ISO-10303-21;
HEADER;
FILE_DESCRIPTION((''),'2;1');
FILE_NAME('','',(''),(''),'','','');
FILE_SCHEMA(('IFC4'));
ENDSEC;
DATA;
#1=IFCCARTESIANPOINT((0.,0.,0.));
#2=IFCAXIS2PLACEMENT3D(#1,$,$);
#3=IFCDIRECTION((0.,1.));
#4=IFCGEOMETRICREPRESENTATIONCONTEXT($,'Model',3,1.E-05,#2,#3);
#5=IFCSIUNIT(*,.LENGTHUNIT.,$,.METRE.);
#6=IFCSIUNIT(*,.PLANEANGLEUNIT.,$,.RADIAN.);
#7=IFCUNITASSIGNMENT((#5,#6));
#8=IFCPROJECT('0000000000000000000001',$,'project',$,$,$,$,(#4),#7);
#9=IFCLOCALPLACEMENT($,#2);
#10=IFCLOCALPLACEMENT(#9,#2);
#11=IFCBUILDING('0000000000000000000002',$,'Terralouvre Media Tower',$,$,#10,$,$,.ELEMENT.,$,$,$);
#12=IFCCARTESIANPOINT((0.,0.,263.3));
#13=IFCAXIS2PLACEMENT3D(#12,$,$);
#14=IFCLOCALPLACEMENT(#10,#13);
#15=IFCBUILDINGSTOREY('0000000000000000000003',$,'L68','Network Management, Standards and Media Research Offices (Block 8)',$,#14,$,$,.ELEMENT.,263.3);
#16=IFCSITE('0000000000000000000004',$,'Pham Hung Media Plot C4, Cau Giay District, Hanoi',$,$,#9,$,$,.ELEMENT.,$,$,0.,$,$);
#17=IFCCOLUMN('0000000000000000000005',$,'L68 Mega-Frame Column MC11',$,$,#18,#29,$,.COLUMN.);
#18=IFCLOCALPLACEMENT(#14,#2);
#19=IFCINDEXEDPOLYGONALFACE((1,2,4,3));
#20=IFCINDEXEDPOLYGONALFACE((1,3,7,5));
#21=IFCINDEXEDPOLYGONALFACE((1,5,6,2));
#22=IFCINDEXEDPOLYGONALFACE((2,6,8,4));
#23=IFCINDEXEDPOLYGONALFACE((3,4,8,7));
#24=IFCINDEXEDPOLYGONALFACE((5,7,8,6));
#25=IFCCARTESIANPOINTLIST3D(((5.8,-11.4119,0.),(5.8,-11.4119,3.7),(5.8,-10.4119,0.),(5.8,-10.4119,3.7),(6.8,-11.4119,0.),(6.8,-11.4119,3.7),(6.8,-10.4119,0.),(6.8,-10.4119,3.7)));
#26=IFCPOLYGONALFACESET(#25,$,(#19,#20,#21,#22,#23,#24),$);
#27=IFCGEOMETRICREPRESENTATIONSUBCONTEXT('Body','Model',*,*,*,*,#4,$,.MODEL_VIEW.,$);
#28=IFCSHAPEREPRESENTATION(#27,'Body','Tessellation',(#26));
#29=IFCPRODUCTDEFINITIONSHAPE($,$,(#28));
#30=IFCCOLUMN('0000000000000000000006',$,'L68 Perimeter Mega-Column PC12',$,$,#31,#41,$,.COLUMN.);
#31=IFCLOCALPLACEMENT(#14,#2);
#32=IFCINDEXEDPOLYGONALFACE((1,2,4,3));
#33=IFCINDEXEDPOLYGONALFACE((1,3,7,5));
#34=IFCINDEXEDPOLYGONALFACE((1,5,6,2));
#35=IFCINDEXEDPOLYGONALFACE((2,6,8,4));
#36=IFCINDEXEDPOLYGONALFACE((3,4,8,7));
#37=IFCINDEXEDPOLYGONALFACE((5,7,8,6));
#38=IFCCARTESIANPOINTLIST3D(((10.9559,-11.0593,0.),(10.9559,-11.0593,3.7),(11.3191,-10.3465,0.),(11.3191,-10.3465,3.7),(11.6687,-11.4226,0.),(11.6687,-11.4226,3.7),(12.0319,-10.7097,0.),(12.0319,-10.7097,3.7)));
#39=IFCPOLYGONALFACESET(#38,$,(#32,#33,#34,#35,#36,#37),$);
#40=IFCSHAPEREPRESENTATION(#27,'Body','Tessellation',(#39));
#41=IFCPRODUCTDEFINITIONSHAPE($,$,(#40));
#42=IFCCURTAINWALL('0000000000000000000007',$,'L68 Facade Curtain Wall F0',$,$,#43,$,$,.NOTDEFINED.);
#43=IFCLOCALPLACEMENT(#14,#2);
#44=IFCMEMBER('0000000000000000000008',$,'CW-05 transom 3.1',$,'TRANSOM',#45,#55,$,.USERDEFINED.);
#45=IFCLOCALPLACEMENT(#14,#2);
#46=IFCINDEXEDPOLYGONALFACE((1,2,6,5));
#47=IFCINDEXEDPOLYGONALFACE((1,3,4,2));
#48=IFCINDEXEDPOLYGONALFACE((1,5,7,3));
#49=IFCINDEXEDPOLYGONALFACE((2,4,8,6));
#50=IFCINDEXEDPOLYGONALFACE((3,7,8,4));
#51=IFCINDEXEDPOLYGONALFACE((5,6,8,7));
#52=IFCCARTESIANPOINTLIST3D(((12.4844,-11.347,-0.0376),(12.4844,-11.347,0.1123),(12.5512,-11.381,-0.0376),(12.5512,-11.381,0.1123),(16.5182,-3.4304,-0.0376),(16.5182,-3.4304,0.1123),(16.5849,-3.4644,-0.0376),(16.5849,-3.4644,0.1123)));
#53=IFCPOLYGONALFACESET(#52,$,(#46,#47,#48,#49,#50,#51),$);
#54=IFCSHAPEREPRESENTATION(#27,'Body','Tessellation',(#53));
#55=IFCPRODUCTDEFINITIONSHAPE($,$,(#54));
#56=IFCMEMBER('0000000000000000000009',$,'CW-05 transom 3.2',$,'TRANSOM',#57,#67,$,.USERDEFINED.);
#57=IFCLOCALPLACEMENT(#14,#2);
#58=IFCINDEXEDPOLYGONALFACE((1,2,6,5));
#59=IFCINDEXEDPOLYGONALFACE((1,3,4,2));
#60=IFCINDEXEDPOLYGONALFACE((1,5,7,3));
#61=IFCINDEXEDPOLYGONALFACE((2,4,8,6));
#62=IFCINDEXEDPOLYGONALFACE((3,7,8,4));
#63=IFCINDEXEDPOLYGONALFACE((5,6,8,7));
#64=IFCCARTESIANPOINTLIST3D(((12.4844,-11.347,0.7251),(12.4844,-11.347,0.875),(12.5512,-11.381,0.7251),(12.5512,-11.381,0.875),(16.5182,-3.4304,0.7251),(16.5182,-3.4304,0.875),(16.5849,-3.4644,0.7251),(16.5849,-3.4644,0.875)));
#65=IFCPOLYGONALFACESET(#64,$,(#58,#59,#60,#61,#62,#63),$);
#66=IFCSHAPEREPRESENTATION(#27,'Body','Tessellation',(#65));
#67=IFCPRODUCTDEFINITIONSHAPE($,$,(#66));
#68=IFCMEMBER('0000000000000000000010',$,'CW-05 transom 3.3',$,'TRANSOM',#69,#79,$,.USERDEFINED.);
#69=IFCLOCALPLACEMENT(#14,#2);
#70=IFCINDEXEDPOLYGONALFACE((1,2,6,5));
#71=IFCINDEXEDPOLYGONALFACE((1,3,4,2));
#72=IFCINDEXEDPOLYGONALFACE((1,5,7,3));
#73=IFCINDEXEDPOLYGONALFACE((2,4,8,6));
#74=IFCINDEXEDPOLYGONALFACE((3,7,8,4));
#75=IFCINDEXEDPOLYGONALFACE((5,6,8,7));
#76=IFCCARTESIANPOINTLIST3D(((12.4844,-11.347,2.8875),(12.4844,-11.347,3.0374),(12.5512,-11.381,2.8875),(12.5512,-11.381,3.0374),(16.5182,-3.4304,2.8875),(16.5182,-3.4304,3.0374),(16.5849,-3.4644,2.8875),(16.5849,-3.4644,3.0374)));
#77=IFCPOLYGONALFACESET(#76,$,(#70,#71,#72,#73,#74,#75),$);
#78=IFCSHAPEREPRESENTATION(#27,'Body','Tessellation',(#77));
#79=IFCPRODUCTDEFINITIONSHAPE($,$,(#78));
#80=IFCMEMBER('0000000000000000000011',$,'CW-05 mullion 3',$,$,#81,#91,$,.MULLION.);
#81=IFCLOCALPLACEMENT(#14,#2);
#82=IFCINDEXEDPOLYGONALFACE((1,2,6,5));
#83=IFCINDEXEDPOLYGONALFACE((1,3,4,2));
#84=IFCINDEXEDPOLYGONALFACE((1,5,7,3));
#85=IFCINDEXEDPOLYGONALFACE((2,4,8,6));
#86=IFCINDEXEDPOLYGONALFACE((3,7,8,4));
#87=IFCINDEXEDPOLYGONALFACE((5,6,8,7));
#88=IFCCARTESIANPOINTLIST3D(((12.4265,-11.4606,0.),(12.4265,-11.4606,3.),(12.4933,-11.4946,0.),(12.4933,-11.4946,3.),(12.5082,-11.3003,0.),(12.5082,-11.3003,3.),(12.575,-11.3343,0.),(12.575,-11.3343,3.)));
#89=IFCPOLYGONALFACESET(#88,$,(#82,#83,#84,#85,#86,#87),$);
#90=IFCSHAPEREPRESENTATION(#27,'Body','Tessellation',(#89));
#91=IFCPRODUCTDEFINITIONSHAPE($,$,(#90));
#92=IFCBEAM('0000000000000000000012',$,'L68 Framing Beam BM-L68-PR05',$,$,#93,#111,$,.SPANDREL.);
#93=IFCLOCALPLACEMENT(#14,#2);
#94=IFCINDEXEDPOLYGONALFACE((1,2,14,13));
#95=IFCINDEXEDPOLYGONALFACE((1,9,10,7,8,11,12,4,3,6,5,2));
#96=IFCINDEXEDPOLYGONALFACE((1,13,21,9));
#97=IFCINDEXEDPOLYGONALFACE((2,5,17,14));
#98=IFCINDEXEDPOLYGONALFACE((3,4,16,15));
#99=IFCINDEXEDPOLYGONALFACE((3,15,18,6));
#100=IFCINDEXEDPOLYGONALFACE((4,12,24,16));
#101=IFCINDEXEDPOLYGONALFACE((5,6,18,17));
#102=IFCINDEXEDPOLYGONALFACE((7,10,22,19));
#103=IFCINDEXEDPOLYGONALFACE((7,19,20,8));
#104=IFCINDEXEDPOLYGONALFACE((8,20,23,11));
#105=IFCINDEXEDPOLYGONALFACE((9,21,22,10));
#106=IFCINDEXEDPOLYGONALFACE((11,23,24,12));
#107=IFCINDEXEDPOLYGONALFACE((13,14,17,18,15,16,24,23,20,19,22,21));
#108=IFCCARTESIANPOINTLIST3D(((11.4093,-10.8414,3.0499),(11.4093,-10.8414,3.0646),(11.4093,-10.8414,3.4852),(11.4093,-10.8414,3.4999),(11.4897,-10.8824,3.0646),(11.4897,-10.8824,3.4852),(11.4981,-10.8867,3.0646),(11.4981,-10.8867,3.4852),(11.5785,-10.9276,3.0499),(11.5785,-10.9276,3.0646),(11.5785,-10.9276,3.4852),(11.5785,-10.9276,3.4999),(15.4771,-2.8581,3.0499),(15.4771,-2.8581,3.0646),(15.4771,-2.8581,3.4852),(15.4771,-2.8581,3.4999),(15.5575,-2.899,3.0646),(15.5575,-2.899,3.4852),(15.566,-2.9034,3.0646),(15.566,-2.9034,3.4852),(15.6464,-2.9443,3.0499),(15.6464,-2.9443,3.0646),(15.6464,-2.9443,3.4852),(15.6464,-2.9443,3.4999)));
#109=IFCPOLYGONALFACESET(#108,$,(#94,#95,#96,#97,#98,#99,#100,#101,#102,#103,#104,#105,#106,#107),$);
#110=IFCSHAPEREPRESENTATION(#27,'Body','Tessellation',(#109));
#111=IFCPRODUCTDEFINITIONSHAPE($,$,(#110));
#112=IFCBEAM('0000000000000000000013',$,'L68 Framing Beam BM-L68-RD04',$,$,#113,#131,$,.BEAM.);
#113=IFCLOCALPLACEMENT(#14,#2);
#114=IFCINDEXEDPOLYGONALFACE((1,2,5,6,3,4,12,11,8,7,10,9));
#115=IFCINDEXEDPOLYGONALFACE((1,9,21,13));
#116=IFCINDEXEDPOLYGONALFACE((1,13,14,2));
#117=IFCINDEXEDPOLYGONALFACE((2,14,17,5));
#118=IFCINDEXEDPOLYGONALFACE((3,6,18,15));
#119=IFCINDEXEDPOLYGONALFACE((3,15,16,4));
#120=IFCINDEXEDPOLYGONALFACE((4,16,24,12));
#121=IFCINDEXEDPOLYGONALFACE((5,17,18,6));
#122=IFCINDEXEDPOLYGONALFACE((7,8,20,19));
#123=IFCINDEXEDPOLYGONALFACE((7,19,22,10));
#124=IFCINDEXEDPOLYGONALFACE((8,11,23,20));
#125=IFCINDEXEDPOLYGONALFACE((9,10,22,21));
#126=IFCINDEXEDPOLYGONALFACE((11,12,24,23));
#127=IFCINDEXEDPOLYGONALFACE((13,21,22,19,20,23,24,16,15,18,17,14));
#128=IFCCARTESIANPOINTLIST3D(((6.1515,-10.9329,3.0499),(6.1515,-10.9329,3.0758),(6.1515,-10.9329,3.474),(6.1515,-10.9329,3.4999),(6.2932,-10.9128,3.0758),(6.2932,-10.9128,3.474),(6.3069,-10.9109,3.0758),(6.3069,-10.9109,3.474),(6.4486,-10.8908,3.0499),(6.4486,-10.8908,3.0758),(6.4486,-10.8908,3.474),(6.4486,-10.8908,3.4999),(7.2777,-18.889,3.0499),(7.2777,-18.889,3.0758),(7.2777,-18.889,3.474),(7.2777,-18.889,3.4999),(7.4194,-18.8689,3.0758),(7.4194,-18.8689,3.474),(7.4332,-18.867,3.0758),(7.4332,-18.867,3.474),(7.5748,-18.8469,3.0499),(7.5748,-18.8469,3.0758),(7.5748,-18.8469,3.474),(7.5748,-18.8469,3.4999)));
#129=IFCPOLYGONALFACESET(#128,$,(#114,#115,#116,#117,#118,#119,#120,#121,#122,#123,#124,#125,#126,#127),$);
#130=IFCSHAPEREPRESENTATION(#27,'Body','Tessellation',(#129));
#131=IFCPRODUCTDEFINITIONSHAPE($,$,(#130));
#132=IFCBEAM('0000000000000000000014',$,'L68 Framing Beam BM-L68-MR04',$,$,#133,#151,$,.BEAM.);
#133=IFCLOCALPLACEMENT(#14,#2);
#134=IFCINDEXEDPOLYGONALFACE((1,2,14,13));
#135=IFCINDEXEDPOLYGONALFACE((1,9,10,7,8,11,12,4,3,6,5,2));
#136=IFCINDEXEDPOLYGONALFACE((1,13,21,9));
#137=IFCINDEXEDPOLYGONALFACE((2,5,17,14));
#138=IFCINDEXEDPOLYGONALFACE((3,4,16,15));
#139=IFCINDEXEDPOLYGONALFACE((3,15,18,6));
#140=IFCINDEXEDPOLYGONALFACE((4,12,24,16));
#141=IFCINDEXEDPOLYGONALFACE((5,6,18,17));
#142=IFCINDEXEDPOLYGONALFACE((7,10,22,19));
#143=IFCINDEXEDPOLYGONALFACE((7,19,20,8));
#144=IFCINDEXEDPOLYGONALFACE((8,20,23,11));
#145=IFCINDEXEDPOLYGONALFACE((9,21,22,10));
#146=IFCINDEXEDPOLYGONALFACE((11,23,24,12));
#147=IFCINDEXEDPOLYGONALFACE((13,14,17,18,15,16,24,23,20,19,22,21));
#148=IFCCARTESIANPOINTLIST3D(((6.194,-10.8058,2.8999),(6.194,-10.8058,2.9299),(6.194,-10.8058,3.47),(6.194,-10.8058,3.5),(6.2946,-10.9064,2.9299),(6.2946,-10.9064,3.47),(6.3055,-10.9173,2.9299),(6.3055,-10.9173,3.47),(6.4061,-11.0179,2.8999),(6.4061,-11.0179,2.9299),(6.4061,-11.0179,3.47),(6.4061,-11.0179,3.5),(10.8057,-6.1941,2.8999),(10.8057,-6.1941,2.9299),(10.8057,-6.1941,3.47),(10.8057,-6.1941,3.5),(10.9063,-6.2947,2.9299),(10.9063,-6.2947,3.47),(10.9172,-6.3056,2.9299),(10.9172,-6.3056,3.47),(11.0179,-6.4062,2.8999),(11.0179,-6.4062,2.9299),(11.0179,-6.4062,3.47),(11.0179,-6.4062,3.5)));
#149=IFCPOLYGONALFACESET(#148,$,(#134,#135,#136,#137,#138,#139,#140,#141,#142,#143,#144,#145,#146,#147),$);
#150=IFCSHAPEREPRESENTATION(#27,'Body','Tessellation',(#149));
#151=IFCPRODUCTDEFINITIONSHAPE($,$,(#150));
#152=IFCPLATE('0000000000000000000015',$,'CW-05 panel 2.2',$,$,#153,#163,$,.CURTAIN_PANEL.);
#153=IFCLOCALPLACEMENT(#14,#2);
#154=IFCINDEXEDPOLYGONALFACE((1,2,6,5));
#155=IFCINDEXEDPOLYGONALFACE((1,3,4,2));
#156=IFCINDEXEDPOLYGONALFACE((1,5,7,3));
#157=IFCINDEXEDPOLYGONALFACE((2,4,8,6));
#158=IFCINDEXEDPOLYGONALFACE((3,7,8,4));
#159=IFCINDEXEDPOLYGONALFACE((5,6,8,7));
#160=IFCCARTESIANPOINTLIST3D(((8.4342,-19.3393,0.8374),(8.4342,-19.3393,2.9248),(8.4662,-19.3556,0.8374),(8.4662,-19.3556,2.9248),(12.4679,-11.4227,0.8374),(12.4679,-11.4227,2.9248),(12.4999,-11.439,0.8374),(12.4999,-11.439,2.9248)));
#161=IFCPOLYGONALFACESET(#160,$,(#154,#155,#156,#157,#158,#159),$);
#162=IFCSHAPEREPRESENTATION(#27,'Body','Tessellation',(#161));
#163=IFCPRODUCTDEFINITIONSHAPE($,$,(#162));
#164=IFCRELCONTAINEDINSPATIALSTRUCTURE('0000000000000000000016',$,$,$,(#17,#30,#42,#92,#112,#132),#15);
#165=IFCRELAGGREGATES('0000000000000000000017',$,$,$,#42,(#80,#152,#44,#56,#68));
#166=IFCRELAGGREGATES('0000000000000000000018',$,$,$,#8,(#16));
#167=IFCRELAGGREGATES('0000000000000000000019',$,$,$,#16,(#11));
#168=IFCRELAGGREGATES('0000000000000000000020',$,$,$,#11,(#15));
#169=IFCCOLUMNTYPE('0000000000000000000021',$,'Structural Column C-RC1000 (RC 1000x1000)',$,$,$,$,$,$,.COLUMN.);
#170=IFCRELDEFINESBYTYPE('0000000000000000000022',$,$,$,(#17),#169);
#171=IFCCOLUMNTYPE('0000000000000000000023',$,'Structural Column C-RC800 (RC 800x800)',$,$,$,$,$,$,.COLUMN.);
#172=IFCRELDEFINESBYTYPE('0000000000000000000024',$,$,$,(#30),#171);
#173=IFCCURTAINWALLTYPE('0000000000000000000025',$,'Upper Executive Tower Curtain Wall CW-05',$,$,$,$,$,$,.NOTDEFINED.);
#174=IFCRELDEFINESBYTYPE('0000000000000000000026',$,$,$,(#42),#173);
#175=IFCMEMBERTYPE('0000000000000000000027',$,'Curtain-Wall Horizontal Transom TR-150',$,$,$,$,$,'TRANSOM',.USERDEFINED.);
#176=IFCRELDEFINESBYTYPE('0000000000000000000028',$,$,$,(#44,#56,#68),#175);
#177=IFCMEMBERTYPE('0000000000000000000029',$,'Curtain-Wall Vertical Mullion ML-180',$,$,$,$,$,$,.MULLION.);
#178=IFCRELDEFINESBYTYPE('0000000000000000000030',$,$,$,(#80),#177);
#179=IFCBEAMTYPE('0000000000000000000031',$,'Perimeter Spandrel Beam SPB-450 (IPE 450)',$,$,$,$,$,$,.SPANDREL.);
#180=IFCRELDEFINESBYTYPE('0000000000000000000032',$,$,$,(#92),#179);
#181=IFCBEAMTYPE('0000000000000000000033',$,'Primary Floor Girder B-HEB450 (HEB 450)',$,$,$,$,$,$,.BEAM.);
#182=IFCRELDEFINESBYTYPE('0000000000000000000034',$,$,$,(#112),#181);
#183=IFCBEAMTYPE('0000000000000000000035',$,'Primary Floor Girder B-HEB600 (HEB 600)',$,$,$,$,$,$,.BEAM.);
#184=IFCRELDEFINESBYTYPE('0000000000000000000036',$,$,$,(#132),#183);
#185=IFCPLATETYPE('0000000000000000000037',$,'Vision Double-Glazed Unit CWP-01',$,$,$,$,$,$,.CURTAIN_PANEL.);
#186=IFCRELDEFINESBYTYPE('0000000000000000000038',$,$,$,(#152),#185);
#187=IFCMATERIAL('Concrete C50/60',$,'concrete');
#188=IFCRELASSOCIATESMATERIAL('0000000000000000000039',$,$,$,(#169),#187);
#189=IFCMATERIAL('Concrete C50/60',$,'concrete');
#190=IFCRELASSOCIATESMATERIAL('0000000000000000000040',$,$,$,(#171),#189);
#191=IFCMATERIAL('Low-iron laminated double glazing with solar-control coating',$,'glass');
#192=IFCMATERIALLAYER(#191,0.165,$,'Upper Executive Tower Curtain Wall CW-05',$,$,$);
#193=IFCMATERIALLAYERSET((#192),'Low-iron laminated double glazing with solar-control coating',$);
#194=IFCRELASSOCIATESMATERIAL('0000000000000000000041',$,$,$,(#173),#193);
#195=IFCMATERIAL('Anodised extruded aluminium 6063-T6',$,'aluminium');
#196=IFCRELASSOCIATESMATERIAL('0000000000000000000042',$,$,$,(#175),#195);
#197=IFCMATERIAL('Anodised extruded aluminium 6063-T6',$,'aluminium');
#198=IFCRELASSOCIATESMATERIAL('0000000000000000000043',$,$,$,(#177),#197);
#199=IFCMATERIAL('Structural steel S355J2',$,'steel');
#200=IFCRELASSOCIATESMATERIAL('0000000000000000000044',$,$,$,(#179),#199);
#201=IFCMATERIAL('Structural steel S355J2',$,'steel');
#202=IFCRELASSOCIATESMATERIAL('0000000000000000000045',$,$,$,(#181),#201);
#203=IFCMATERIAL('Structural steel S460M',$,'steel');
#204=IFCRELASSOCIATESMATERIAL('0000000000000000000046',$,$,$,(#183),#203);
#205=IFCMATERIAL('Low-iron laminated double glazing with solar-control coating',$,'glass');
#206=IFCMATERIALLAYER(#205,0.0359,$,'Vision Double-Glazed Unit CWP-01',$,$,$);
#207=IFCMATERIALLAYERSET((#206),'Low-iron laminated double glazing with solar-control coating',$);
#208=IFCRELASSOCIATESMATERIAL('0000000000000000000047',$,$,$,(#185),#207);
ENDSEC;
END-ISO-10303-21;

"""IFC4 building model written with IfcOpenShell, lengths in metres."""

from ifc_helpers import new_model, si_unit, direction, frame, origin, origin_2d, place, context, subcontext, project, spatial, rectangle, i_section, extrude, material, layer, layer_set, material_profile, profile_set, type_object, element, aggregate, save


model = new_model("IFC4")

# Units and contexts
model_context = context("Model", 3, precision=1e-05, world=origin(), true_north=direction((0.0, 1.0)))
body_context = subcontext(model_context, "Body", "Model", "MODEL_VIEW")
ifc_project = project(units=[si_unit("LENGTHUNIT", "METRE"), si_unit("PLANEANGLEUNIT", "RADIAN")], contexts=[model_context])

# Site, building, storey
site_placement = place(None, origin())
site = spatial("IfcSite", under=ifc_project, at=site_placement, Name="Pham Hung Media Plot C4, Cau Giay District, Hanoi", CompositionType="ELEMENT", RefElevation=0.0)
building_placement = place(site_placement, origin())
building = spatial("IfcBuilding", under=site, at=building_placement, Name="Terralouvre Media Tower", CompositionType="ELEMENT")
storey_placement = place(building_placement, frame((0.0, 0.0, 263.3)))
storey = spatial("IfcBuildingStorey", under=building, at=storey_placement, Name="L68", Description="Network Management, Standards and Media Research Offices (Block 8)", CompositionType="ELEMENT", Elevation=263.3)

# Columns
ifc_material_1 = material(Name="Concrete C50/60", Category="concrete")
ifc_material_profile_1 = material_profile(ifc_material_1, rectangle(XDim=1.0, YDim=1.0, at=origin_2d()), Name="RC 1000x1000")
ifc_profile_set_1 = profile_set([ifc_material_profile_1], Name="Concrete C50/60")
column_type_1 = type_object("IfcColumnType", Name="Structural Column C-RC1000 (RC 1000x1000)", PredefinedType="COLUMN", material=ifc_profile_set_1)
column_1_placement = place(storey_placement, frame((6.3, -10.9119, 0.0), z_axis=(0.0, 0.0, 1.0), x_axis=(1.0, 0.0, 0.0)))
element("IfcColumn", 1, at=column_1_placement, inside=storey, type_object=column_type_1, Name="L68 Mega-Frame Column MC11", PredefinedType="COLUMN", context=body_context, shape_type="SweptSolid", body=[
    extrude(rectangle(XDim=1.0, YDim=1.0, at=origin_2d()), origin(), (0.0, 0.0, 1.0), 3.7),
])
ifc_material_2 = material(Name="Concrete C50/60", Category="concrete")
ifc_material_profile_2 = material_profile(ifc_material_2, rectangle(XDim=0.8, YDim=0.8, at=origin_2d()), Name="RC 800x800")
ifc_profile_set_2 = profile_set([ifc_material_profile_2], Name="Concrete C50/60")
column_type_2 = type_object("IfcColumnType", Name="Structural Column C-RC800 (RC 800x800)", PredefinedType="COLUMN", material=ifc_profile_set_2)
column_2_placement = place(storey_placement, frame((11.4939, -10.8845, 0.0), z_axis=(0.0, 0.0, 1.0), x_axis=(0.45399, 0.891007, 0.0)))
element("IfcColumn", 2, at=column_2_placement, inside=storey, type_object=column_type_2, Name="L68 Perimeter Mega-Column PC12", PredefinedType="COLUMN", context=body_context, shape_type="SweptSolid", body=[
    extrude(rectangle(XDim=0.8, YDim=0.8, at=origin_2d()), origin(), (0.0, 0.0, 1.0), 3.7),
])

# Curtain wall, members
ifc_material_3 = material(Name="Low-iron laminated double glazing with solar-control coating", Category="glass")
ifc_layer_1 = layer(ifc_material_3, 0.165, Name="Upper Executive Tower Curtain Wall CW-05")
ifc_layer_set_1 = layer_set([ifc_layer_1], Name="Low-iron laminated double glazing with solar-control coating")
curtain_wall_type = type_object("IfcCurtainWallType", Name="Upper Executive Tower Curtain Wall CW-05", PredefinedType="NOTDEFINED", material=ifc_layer_set_1)
curtain_wall_placement = place(storey_placement, origin())
curtain_wall = element("IfcCurtainWall", 3, at=curtain_wall_placement, inside=storey, type_object=curtain_wall_type, Name="L68 Facade Curtain Wall F0", PredefinedType="NOTDEFINED")
ifc_material_4 = material(Name="Anodised extruded aluminium 6063-T6", Category="aluminium")
ifc_material_profile_3 = material_profile(ifc_material_4, rectangle(XDim=0.075, YDim=0.1499, at=origin_2d()), Name="ALU 75x150")
ifc_profile_set_3 = profile_set([ifc_material_profile_3], Name="Anodised extruded aluminium 6063-T6")
member_type_1 = type_object("IfcMemberType", Name="Curtain-Wall Horizontal Transom TR-150", ElementType="TRANSOM", PredefinedType="USERDEFINED", material=ifc_profile_set_3)
member_1_placement = place(storey_placement, frame((12.5178, -11.364, 0.0374), z_axis=(0.453993, 0.891005, 0.0), x_axis=(-0.891005, 0.453993, 0.0)))
member_1 = element("IfcMember", 4, at=member_1_placement, type_object=member_type_1, Name="CW-05 transom 3.1", ObjectType="TRANSOM", PredefinedType="USERDEFINED", context=body_context, shape_type="SweptSolid", body=[
    extrude(rectangle(XDim=0.075, YDim=0.1499, at=origin_2d()), origin(), (0.0, 0.0, 1.0), 8.885),
])
member_2_placement = place(storey_placement, frame((12.5178, -11.364, 0.8), z_axis=(0.453993, 0.891005, 0.0), x_axis=(-0.891005, 0.453993, 0.0)))
member_2 = element("IfcMember", 5, at=member_2_placement, type_object=member_type_1, Name="CW-05 transom 3.2", ObjectType="TRANSOM", PredefinedType="USERDEFINED", context=body_context, shape_type="SweptSolid", body=[
    extrude(rectangle(XDim=0.075, YDim=0.1499, at=origin_2d()), origin(), (0.0, 0.0, 1.0), 8.885),
])
member_3_placement = place(storey_placement, frame((12.5178, -11.364, 2.9624), z_axis=(0.453993, 0.891005, 0.0), x_axis=(-0.891005, 0.453993, 0.0)))
member_3 = element("IfcMember", 6, at=member_3_placement, type_object=member_type_1, Name="CW-05 transom 3.3", ObjectType="TRANSOM", PredefinedType="USERDEFINED", context=body_context, shape_type="SweptSolid", body=[
    extrude(rectangle(XDim=0.075, YDim=0.1499, at=origin_2d()), origin(), (0.0, 0.0, 1.0), 8.885),
])
ifc_material_5 = material(Name="Anodised extruded aluminium 6063-T6", Category="aluminium")
ifc_material_profile_4 = material_profile(ifc_material_5, rectangle(XDim=0.075, YDim=0.1799, at=origin_2d()), Name="ALU 75x180")
ifc_profile_set_4 = profile_set([ifc_material_profile_4], Name="Anodised extruded aluminium 6063-T6")
member_type_2 = type_object("IfcMemberType", Name="Curtain-Wall Vertical Mullion ML-180", PredefinedType="MULLION", material=ifc_profile_set_4)
member_4_placement = place(storey_placement, frame((12.5007, -11.3975, 0.0), z_axis=(0.0, 0.0, 1.0), x_axis=(-0.891007, 0.45399, 0.0)))
member_4 = element("IfcMember", 7, at=member_4_placement, type_object=member_type_2, Name="CW-05 mullion 3", PredefinedType="MULLION", context=body_context, shape_type="SweptSolid", body=[
    extrude(rectangle(XDim=0.075, YDim=0.1799, at=origin_2d()), origin(), (0.0, 0.0, 1.0), 3.0),
])

# Beams
ifc_material_6 = material(Name="Structural steel S355J2", Category="steel")
ifc_material_profile_5 = material_profile(ifc_material_6, i_section(OverallWidth=0.1899, OverallDepth=0.45, WebThickness=0.0095, FlangeThickness=0.0146, at=origin_2d()), Name="IPE 450")
ifc_profile_set_5 = profile_set([ifc_material_profile_5], Name="Structural steel S355J2")
beam_type_1 = type_object("IfcBeamType", Name="Perimeter Spandrel Beam SPB-450 (IPE 450)", PredefinedType="SPANDREL", material=ifc_profile_set_5)
beam_1_placement = place(storey_placement, frame((11.4939, -10.8845, 3.2749), z_axis=(0.454002, 0.891001, 0.0), x_axis=(-0.891001, 0.454002, 0.0)))
element("IfcBeam", 8, at=beam_1_placement, inside=storey, type_object=beam_type_1, Name="L68 Framing Beam BM-L68-PR05", PredefinedType="SPANDREL", context=body_context, shape_type="SweptSolid", body=[
    extrude(i_section(OverallWidth=0.1899, OverallDepth=0.45, WebThickness=0.0095, FlangeThickness=0.0146, at=origin_2d()), origin(), (0.0, 0.0, 1.0), 8.96),
])
ifc_material_7 = material(Name="Structural steel S355J2", Category="steel")
ifc_material_profile_6 = material_profile(ifc_material_7, i_section(OverallWidth=0.3, OverallDepth=0.45, WebThickness=0.0139, FlangeThickness=0.0259, at=origin_2d()), Name="HEB 450")
ifc_profile_set_6 = profile_set([ifc_material_profile_6], Name="Structural steel S355J2")
beam_type_2 = type_object("IfcBeamType", Name="Primary Floor Girder B-HEB450 (HEB 450)", PredefinedType="BEAM", material=ifc_profile_set_6)
beam_2_placement = place(storey_placement, frame((6.3, -10.9119, 3.2749), z_axis=(0.140158, -0.990129, 0.0), x_axis=(0.990129, 0.140158, 0.0)))
element("IfcBeam", 9, at=beam_2_placement, inside=storey, type_object=beam_type_2, Name="L68 Framing Beam BM-L68-RD04", PredefinedType="BEAM", context=body_context, shape_type="SweptSolid", body=[
    extrude(i_section(OverallWidth=0.3, OverallDepth=0.45, WebThickness=0.0139, FlangeThickness=0.0259, at=origin_2d()), origin(), (0.0, 0.0, 1.0), 8.0354),
])
ifc_material_8 = material(Name="Structural steel S460M", Category="steel")
ifc_material_profile_7 = material_profile(ifc_material_8, i_section(OverallWidth=0.3, OverallDepth=0.6001, WebThickness=0.0154, FlangeThickness=0.03, at=origin_2d()), Name="HEB 600")
ifc_profile_set_7 = profile_set([ifc_material_profile_7], Name="Structural steel S460M")
beam_type_3 = type_object("IfcBeamType", Name="Primary Floor Girder B-HEB600 (HEB 600)", PredefinedType="BEAM", material=ifc_profile_set_7)
beam_3_placement = place(storey_placement, frame((6.3, -10.9119, 3.2), z_axis=(0.707107, 0.707107, 0.0), x_axis=(-0.707107, 0.707107, 0.0)))
element("IfcBeam", 10, at=beam_3_placement, inside=storey, type_object=beam_type_3, Name="L68 Framing Beam BM-L68-MR04", PredefinedType="BEAM", context=body_context, shape_type="SweptSolid", body=[
    extrude(i_section(OverallWidth=0.3, OverallDepth=0.6001, WebThickness=0.0154, FlangeThickness=0.03, at=origin_2d()), origin(), (0.0, 0.0, 1.0), 6.522),
])

# Plate
ifc_material_9 = material(Name="Low-iron laminated double glazing with solar-control coating", Category="glass")
ifc_layer_2 = layer(ifc_material_9, 0.0359, Name="Vision Double-Glazed Unit CWP-01")
ifc_layer_set_2 = layer_set([ifc_layer_2], Name="Low-iron laminated double glazing with solar-control coating")
plate_type = type_object("IfcPlateType", Name="Vision Double-Glazed Unit CWP-01", PredefinedType="CURTAIN_PANEL", material=ifc_layer_set_2)
plate_placement = place(storey_placement, frame((10.467, -15.3892, 0.8374), z_axis=(0.0, 0.0, 1.0), x_axis=(0.45399, 0.891007, 0.0)))
plate = element("IfcPlate", 11, at=plate_placement, type_object=plate_type, Name="CW-05 panel 2.2", PredefinedType="CURTAIN_PANEL", context=body_context, shape_type="SweptSolid", body=[
    extrude(rectangle(XDim=8.885, YDim=0.0359, at=origin_2d()), origin(), (0.0, 0.0, 1.0), 2.0874),
])
aggregate(curtain_wall, [member_4, plate, member_1, member_2, member_3])

save(model, "model.ifc")
